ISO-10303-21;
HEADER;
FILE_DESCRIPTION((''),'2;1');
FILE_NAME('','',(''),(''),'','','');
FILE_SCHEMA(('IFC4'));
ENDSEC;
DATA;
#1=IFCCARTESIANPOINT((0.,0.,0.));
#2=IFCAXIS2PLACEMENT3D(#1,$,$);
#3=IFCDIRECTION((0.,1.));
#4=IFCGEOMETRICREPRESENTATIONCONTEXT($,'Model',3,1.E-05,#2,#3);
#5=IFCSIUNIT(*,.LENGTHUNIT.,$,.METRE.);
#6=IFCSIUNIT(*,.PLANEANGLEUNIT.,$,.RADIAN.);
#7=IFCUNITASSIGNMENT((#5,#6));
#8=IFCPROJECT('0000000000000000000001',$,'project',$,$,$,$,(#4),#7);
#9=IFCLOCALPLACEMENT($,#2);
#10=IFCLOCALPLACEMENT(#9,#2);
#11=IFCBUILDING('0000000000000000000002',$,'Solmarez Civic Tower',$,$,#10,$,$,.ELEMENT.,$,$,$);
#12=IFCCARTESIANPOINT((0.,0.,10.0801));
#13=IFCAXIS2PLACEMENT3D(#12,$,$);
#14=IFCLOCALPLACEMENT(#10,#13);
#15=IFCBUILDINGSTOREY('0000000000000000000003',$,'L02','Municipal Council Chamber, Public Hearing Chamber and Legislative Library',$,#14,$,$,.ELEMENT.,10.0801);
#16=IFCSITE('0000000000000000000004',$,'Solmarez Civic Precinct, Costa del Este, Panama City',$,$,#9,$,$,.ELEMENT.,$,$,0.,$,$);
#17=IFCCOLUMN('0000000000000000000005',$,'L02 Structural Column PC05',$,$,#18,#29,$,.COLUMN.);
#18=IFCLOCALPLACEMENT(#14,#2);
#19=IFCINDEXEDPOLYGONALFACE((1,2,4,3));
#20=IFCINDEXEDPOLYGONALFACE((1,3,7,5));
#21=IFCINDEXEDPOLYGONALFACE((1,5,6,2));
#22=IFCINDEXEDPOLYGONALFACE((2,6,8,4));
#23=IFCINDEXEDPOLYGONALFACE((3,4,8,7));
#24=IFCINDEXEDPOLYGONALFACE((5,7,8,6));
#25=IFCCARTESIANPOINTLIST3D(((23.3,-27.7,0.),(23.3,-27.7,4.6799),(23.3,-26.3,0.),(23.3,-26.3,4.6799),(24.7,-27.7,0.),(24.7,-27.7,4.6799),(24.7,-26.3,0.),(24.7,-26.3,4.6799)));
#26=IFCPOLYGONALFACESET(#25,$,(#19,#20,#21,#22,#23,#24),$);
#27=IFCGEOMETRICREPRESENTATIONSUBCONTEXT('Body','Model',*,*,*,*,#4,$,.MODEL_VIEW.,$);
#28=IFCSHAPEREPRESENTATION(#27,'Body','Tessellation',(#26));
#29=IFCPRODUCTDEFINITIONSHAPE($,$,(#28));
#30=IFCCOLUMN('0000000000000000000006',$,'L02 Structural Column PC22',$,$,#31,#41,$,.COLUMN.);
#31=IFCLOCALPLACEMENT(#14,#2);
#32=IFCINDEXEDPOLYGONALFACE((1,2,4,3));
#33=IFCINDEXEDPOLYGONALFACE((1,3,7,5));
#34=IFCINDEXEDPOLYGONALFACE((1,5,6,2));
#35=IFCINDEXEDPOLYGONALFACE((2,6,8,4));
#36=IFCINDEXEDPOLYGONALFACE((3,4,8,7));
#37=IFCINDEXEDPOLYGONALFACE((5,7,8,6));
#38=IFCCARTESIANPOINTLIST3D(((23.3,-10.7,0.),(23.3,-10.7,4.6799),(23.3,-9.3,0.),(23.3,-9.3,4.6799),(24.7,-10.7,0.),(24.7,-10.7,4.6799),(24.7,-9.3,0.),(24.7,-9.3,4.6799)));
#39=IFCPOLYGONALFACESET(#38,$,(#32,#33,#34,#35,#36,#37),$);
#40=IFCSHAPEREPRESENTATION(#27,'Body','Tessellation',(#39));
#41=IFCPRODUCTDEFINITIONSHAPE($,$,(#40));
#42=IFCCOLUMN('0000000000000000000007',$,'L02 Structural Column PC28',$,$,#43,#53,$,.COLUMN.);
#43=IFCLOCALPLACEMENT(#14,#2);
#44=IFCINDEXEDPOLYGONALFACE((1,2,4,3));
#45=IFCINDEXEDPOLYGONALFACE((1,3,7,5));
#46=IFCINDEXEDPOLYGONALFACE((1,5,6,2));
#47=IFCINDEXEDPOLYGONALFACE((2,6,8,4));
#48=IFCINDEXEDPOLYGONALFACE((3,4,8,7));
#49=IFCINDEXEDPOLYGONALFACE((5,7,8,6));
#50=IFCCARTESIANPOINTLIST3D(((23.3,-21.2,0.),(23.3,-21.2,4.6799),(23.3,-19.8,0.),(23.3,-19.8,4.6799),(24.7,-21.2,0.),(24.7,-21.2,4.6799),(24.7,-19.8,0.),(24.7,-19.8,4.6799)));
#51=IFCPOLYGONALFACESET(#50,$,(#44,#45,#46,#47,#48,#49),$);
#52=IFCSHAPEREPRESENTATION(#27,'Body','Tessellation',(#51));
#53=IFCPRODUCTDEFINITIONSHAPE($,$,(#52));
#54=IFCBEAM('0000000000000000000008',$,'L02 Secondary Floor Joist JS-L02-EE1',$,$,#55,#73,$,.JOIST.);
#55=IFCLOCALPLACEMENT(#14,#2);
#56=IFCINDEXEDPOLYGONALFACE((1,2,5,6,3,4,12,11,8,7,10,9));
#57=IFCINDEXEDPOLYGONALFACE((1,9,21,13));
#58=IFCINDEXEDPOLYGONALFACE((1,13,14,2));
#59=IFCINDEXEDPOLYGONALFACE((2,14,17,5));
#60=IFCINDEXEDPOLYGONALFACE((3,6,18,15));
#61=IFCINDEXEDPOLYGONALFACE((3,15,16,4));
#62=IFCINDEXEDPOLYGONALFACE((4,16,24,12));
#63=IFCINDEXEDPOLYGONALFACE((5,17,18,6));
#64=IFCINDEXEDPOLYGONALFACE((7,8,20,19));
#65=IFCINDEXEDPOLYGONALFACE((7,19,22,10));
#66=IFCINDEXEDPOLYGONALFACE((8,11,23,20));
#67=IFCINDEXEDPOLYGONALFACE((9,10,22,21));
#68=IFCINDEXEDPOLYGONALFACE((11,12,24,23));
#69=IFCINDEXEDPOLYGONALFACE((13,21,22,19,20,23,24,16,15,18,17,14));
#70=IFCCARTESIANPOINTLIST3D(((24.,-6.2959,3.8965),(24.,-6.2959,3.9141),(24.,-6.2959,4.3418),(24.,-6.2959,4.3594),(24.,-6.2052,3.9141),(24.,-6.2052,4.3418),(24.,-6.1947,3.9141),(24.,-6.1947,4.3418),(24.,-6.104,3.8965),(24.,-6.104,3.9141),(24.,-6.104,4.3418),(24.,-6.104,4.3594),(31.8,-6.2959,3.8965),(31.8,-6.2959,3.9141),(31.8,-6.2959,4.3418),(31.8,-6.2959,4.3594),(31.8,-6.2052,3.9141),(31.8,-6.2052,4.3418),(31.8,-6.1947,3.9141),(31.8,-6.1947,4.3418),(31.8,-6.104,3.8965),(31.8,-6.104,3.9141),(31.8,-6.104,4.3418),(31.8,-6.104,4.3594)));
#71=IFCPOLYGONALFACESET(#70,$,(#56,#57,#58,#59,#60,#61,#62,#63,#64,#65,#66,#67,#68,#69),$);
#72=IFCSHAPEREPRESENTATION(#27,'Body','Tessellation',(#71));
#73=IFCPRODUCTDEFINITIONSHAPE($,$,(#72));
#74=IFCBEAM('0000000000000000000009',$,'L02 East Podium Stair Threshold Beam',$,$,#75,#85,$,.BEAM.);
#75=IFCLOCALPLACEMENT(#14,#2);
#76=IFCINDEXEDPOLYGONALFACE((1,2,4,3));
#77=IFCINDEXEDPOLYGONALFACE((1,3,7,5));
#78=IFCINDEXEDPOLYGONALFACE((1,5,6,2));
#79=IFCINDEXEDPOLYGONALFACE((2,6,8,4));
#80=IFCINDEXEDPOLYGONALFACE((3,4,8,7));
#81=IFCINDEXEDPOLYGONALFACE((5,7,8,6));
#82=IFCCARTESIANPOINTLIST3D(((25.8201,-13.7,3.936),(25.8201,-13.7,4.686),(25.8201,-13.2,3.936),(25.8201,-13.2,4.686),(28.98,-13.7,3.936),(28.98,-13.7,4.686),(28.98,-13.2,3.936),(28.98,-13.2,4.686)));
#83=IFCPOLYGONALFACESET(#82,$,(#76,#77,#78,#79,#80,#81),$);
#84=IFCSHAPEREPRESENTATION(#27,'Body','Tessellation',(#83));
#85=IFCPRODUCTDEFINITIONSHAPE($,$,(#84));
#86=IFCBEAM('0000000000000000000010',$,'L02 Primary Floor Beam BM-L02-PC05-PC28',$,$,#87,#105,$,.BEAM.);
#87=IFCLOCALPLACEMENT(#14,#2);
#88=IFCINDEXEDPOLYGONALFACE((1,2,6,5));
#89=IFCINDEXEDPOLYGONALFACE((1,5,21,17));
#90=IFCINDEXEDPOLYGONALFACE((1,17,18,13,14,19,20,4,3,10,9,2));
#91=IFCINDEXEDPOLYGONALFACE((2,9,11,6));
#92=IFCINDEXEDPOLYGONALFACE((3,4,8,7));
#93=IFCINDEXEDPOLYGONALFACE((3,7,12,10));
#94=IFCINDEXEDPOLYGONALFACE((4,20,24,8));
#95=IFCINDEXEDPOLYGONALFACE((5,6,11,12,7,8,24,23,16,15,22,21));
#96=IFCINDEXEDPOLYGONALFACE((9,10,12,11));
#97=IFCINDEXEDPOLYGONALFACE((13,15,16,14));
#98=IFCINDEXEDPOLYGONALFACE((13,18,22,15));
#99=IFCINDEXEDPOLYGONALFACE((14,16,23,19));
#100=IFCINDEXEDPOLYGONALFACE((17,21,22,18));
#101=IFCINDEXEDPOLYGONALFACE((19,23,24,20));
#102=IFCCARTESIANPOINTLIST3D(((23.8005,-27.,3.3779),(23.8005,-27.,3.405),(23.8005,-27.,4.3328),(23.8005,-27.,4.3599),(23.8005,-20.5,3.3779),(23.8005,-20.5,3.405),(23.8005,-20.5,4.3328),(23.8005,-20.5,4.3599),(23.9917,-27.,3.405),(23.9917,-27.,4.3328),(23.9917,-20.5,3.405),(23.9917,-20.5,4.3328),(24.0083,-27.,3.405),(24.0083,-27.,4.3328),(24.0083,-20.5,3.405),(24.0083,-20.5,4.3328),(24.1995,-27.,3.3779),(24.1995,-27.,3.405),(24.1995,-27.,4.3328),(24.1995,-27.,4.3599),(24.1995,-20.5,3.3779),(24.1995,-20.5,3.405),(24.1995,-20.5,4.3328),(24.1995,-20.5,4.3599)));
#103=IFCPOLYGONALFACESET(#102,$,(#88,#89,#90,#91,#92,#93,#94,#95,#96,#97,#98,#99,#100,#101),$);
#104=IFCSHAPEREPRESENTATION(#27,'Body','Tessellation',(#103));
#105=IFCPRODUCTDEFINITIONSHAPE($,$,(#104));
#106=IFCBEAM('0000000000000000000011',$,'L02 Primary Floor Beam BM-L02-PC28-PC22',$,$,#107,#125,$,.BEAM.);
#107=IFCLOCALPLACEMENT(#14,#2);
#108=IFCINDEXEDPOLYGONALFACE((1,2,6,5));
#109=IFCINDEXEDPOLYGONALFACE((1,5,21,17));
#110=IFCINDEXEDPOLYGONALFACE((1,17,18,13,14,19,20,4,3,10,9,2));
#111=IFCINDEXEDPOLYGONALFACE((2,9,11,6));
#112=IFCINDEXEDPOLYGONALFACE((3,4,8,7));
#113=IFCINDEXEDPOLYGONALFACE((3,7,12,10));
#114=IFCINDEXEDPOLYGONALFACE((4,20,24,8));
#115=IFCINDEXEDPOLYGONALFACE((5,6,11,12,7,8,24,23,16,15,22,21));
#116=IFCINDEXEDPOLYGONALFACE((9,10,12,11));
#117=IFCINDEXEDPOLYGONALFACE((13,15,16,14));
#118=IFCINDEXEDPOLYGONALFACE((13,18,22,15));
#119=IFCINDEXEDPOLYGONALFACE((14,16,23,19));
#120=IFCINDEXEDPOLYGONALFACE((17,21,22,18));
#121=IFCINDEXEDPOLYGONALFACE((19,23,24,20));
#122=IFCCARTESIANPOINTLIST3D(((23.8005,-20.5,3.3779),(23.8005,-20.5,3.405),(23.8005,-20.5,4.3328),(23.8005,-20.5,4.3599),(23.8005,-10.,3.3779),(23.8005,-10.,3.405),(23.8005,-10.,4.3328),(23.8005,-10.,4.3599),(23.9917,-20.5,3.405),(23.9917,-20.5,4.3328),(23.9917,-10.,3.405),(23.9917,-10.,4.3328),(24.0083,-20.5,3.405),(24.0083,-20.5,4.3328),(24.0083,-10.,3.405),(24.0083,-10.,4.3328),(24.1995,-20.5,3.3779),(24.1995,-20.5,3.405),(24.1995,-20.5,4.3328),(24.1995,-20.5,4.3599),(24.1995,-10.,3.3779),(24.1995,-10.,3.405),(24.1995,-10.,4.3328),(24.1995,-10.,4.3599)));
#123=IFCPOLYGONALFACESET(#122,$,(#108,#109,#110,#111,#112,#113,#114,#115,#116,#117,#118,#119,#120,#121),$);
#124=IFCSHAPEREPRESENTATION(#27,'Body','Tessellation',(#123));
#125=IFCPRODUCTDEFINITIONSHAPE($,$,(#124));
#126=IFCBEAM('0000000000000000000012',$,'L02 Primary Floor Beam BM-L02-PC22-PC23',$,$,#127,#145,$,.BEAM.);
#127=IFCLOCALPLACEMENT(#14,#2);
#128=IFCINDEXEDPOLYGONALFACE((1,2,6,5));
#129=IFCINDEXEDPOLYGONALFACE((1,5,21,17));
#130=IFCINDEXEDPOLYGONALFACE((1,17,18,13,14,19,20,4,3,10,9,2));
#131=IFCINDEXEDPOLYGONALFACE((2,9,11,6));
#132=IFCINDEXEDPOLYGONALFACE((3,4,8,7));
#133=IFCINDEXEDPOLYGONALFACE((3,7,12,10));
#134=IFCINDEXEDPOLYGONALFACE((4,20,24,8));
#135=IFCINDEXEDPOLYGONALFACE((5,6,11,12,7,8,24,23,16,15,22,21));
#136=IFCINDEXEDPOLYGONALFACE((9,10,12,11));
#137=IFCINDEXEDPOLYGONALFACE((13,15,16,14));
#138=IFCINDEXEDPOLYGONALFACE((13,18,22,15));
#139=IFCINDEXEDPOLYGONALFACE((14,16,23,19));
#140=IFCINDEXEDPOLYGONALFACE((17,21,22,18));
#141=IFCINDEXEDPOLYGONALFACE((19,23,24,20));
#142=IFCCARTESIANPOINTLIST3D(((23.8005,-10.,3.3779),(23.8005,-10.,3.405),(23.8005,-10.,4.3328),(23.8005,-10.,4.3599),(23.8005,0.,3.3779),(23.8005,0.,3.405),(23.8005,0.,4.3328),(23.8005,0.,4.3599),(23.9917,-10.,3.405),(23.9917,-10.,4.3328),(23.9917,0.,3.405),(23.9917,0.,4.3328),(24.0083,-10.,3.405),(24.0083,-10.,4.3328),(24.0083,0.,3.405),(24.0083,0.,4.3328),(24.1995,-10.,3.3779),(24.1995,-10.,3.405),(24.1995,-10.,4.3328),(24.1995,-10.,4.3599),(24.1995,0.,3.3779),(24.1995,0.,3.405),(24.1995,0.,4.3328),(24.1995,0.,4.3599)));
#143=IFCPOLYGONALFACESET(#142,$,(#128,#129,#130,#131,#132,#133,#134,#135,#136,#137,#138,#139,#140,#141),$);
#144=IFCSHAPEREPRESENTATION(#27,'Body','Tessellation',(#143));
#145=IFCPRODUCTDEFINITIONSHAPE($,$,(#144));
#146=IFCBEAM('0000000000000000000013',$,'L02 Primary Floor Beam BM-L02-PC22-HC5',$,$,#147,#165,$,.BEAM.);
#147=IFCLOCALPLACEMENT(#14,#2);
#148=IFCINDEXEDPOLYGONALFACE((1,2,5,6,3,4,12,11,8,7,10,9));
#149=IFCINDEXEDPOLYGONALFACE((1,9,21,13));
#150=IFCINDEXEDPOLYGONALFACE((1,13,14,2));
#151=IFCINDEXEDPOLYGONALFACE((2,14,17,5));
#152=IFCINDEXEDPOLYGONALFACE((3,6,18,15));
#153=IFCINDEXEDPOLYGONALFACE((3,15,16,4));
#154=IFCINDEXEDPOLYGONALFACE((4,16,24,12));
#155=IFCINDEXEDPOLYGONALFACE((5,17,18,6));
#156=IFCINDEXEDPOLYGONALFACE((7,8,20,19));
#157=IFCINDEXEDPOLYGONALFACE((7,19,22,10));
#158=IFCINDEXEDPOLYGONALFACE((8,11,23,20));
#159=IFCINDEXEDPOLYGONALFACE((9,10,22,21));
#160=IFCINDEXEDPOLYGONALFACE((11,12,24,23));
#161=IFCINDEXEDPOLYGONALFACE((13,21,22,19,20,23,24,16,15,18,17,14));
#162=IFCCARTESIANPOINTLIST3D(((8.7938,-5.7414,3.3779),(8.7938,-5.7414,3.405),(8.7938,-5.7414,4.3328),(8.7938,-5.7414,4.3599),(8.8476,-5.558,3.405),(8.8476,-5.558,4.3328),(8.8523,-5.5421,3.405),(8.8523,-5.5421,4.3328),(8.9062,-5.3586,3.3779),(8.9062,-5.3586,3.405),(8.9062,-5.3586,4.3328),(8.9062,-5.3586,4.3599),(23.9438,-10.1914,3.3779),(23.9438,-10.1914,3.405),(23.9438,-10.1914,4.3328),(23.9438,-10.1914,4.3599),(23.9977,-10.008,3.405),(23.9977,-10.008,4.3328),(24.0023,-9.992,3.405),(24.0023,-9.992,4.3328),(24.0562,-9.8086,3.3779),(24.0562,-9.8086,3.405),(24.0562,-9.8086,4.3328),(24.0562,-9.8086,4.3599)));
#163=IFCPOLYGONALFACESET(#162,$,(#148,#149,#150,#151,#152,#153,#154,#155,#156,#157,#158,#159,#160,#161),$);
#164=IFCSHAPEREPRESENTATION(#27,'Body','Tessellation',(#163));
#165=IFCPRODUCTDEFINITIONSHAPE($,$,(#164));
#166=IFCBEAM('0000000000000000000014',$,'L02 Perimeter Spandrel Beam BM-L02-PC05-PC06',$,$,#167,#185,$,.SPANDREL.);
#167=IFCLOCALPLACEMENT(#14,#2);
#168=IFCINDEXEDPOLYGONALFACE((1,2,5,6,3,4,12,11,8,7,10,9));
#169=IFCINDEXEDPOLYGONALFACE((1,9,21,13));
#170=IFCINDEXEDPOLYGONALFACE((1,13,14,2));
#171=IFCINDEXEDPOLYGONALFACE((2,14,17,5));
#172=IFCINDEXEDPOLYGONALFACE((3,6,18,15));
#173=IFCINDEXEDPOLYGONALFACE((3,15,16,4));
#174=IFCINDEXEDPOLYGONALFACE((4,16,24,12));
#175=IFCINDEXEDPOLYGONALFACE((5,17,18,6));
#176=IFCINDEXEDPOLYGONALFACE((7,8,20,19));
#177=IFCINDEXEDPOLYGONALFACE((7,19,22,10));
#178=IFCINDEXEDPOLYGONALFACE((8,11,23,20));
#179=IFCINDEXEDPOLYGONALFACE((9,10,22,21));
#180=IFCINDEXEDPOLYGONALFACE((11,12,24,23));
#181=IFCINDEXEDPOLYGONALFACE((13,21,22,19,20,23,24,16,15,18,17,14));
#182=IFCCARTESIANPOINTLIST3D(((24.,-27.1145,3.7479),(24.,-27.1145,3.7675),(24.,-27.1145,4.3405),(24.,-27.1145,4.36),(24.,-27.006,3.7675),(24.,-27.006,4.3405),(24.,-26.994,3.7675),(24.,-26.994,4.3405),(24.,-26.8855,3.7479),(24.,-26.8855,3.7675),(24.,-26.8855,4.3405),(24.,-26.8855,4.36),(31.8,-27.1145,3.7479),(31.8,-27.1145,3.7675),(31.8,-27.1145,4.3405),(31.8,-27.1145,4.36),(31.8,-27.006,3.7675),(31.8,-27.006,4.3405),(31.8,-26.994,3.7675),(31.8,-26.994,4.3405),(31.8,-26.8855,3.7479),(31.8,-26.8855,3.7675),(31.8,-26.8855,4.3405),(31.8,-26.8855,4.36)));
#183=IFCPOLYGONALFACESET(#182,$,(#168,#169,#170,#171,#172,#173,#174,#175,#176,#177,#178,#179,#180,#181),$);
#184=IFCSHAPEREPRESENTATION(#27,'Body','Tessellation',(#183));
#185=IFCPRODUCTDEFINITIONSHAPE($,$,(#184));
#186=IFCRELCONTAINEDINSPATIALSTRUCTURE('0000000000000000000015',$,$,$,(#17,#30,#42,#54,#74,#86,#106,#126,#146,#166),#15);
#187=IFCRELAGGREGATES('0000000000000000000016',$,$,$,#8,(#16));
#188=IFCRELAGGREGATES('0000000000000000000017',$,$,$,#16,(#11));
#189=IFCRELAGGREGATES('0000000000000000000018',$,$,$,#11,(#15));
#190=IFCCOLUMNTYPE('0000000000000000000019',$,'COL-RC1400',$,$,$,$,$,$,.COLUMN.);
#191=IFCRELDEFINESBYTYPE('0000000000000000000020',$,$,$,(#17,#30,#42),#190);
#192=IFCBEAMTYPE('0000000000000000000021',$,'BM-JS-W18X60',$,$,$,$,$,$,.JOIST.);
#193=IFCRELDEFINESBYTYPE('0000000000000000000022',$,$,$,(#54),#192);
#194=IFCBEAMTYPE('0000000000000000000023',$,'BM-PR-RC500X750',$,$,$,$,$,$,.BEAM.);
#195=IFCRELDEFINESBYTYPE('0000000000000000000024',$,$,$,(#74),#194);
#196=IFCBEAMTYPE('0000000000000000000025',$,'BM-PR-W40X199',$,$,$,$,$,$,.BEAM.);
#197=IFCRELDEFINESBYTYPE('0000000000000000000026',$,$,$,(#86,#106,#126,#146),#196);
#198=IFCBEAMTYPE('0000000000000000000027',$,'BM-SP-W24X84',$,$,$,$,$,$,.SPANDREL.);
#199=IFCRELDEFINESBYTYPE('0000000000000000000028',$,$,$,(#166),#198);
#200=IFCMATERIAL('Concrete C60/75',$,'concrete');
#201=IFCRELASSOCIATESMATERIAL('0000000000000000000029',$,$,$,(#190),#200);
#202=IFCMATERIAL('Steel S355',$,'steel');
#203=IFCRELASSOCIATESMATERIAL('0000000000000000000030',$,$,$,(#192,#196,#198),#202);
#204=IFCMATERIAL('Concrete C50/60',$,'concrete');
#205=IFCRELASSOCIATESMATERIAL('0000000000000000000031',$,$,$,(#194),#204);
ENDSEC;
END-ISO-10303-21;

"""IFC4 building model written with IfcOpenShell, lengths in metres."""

from ifc_helpers import new_model, si_unit, direction, frame, origin, origin_2d, place, context, subcontext, project, spatial, rectangle, i_section, extrude, material, material_profile, profile_set, type_object, element, save


model = new_model("IFC4")

# Units and contexts
model_context = context("Model", 3, precision=1e-05, world=origin(), true_north=direction((0.0, 1.0)))
body_context = subcontext(model_context, "Body", "Model", "MODEL_VIEW")
ifc_project = project(units=[si_unit("LENGTHUNIT", "METRE"), si_unit("PLANEANGLEUNIT", "RADIAN")], contexts=[model_context])

# Site, building, storey
site_placement = place(None, origin())
site = spatial("IfcSite", under=ifc_project, at=site_placement, Name="Solmarez Civic Precinct, Costa del Este, Panama City", CompositionType="ELEMENT", RefElevation=0.0)
building_placement = place(site_placement, origin())
building = spatial("IfcBuilding", under=site, at=building_placement, Name="Solmarez Civic Tower", CompositionType="ELEMENT")
storey_placement = place(building_placement, frame((0.0, 0.0, 10.0801)))
storey = spatial("IfcBuildingStorey", under=building, at=storey_placement, Name="L02", Description="Municipal Council Chamber, Public Hearing Chamber and Legislative Library", CompositionType="ELEMENT", Elevation=10.0801)

# Columns
ifc_material_1 = material(Name="Concrete C60/75", Category="concrete")
ifc_material_profile_1 = material_profile(ifc_material_1, rectangle(XDim=1.3999, YDim=1.3999, at=origin_2d()), Name="RC1400X1400")
ifc_profile_set_1 = profile_set([ifc_material_profile_1], Name="Concrete C60/75")
column_type = type_object("IfcColumnType", Name="COL-RC1400", PredefinedType="COLUMN", material=ifc_profile_set_1)
for number, where, z_axis, x_axis, name in (
    (1, (24.0, -27.0, 0.0), (0.0, 0.0, 1.0), (1.0, 0.0, 0.0), "L02 Structural Column PC05"),
    (2, (24.0, -10.0, 0.0), (0.0, 0.0, 1.0), (1.0, 0.0, 0.0), "L02 Structural Column PC22"),
    (3, (24.0, -20.5, 0.0), (0.0, 0.0, 1.0), (1.0, 0.0, 0.0), "L02 Structural Column PC28"),
):
    element("IfcColumn", number, at=place(storey_placement, frame(where, z_axis=z_axis, x_axis=x_axis)), inside=storey, type_object=column_type, Name=name, PredefinedType="COLUMN", context=body_context, shape_type="SweptSolid", body=[
        extrude(rectangle(XDim=1.3999, YDim=1.3999, at=origin_2d()), origin(), (0.0, 0.0, 1.0), 4.6799),
    ])

# Beams
ifc_material_2 = material(Name="Steel S355", Category="steel")
ifc_material_profile_2 = material_profile(ifc_material_2, i_section(OverallWidth=0.1919, OverallDepth=0.4629, WebThickness=0.0105, FlangeThickness=0.0176, at=origin_2d()), Name="W18X60")
ifc_profile_set_2 = profile_set([ifc_material_profile_2], Name="Steel S355")
beam_type_1 = type_object("IfcBeamType", Name="BM-JS-W18X60", PredefinedType="JOIST", material=ifc_profile_set_2)
beam_1_placement = place(storey_placement, frame((24.0, -6.2, 4.1279), z_axis=(1.0, 0.0, 0.0), x_axis=(0.0, 1.0, 0.0)))
element("IfcBeam", 4, at=beam_1_placement, inside=storey, type_object=beam_type_1, Name="L02 Secondary Floor Joist JS-L02-EE1", PredefinedType="JOIST", context=body_context, shape_type="SweptSolid", body=[
    extrude(i_section(OverallWidth=0.1919, OverallDepth=0.4629, WebThickness=0.0105, FlangeThickness=0.0176, at=origin_2d()), origin(), (0.0, 0.0, 1.0), 7.8),
])
ifc_material_3 = material(Name="Concrete C50/60", Category="concrete")
ifc_material_profile_3 = material_profile(ifc_material_3, rectangle(XDim=0.5, YDim=0.75, at=origin_2d()), Name="RC500X750")
ifc_profile_set_3 = profile_set([ifc_material_profile_3], Name="Concrete C50/60")
beam_type_2 = type_object("IfcBeamType", Name="BM-PR-RC500X750", PredefinedType="BEAM", material=ifc_profile_set_3)
beam_2_placement = place(storey_placement, frame((25.8201, -13.45, 4.311), z_axis=(1.0, 0.0, 0.0), x_axis=(0.0, 1.0, 0.0)))
element("IfcBeam", 5, at=beam_2_placement, inside=storey, type_object=beam_type_2, Name="L02 East Podium Stair Threshold Beam", PredefinedType="BEAM", context=body_context, shape_type="SweptSolid", body=[
    extrude(rectangle(XDim=0.5, YDim=0.75, at=origin_2d()), origin(), (0.0, 0.0, 1.0), 3.1599),
])
ifc_material_profile_4 = material_profile(ifc_material_2, i_section(OverallWidth=0.3989, OverallDepth=0.9819, WebThickness=0.0166, FlangeThickness=0.0271, at=origin_2d()), Name="W40X199")
ifc_profile_set_4 = profile_set([ifc_material_profile_4], Name="Steel S355")
beam_type_3 = type_object("IfcBeamType", Name="BM-PR-W40X199", PredefinedType="BEAM", material=ifc_profile_set_4)
beam_3_placement = place(storey_placement, frame((24.0, -27.0, 3.8689), z_axis=(0.0, 1.0, 0.0), x_axis=(-1.0, 0.0, 0.0)))
element("IfcBeam", 6, at=beam_3_placement, inside=storey, type_object=beam_type_3, Name="L02 Primary Floor Beam BM-L02-PC05-PC28", PredefinedType="BEAM", context=body_context, shape_type="SweptSolid", body=[
    extrude(i_section(OverallWidth=0.3989, OverallDepth=0.9819, WebThickness=0.0166, FlangeThickness=0.0271, at=origin_2d()), origin(), (0.0, 0.0, 1.0), 6.5),
])
beam_4_placement = place(storey_placement, frame((24.0, -20.5, 3.8689), z_axis=(0.0, 1.0, 0.0), x_axis=(-1.0, 0.0, 0.0)))
element("IfcBeam", 7, at=beam_4_placement, inside=storey, type_object=beam_type_3, Name="L02 Primary Floor Beam BM-L02-PC28-PC22", PredefinedType="BEAM", context=body_context, shape_type="SweptSolid", body=[
    extrude(i_section(OverallWidth=0.3989, OverallDepth=0.9819, WebThickness=0.0166, FlangeThickness=0.0271, at=origin_2d()), origin(), (0.0, 0.0, 1.0), 10.5),
])
beam_5_placement = place(storey_placement, frame((24.0, -10.0, 3.8689), z_axis=(0.0, 1.0, 0.0), x_axis=(-1.0, 0.0, 0.0)))
element("IfcBeam", 8, at=beam_5_placement, inside=storey, type_object=beam_type_3, Name="L02 Primary Floor Beam BM-L02-PC22-PC23", PredefinedType="BEAM", context=body_context, shape_type="SweptSolid", body=[
    extrude(i_section(OverallWidth=0.3989, OverallDepth=0.9819, WebThickness=0.0166, FlangeThickness=0.0271, at=origin_2d()), origin(), (0.0, 0.0, 1.0), 10.0),
])
beam_6_placement = place(storey_placement, frame((24.0, -10.0, 3.8689), z_axis=(-0.959467, 0.281822, 0.0), x_axis=(-0.281822, -0.959467, 0.0)))
element("IfcBeam", 9, at=beam_6_placement, inside=storey, type_object=beam_type_3, Name="L02 Primary Floor Beam BM-L02-PC22-HC5", PredefinedType="BEAM", context=body_context, shape_type="SweptSolid", body=[
    extrude(i_section(OverallWidth=0.3989, OverallDepth=0.9819, WebThickness=0.0166, FlangeThickness=0.0271, at=origin_2d()), origin(), (0.0, 0.0, 1.0), 15.79),
])
ifc_material_profile_5 = material_profile(ifc_material_2, i_section(OverallWidth=0.229, OverallDepth=0.6121, WebThickness=0.012, FlangeThickness=0.0195, at=origin_2d()), Name="W24X84")
ifc_profile_set_5 = profile_set([ifc_material_profile_5], Name="Steel S355")
beam_type_4 = type_object("IfcBeamType", Name="BM-SP-W24X84", PredefinedType="SPANDREL", material=ifc_profile_set_5)
beam_7_placement = place(storey_placement, frame((24.0, -27.0, 4.054), z_axis=(1.0, 0.0, 0.0), x_axis=(0.0, 1.0, 0.0)))
element("IfcBeam", 10, at=beam_7_placement, inside=storey, type_object=beam_type_4, Name="L02 Perimeter Spandrel Beam BM-L02-PC05-PC06", PredefinedType="SPANDREL", context=body_context, shape_type="SweptSolid", body=[
    extrude(i_section(OverallWidth=0.229, OverallDepth=0.6121, WebThickness=0.012, FlangeThickness=0.0195, at=origin_2d()), origin(), (0.0, 0.0, 1.0), 7.8),
])

save(model, "model.ifc")
